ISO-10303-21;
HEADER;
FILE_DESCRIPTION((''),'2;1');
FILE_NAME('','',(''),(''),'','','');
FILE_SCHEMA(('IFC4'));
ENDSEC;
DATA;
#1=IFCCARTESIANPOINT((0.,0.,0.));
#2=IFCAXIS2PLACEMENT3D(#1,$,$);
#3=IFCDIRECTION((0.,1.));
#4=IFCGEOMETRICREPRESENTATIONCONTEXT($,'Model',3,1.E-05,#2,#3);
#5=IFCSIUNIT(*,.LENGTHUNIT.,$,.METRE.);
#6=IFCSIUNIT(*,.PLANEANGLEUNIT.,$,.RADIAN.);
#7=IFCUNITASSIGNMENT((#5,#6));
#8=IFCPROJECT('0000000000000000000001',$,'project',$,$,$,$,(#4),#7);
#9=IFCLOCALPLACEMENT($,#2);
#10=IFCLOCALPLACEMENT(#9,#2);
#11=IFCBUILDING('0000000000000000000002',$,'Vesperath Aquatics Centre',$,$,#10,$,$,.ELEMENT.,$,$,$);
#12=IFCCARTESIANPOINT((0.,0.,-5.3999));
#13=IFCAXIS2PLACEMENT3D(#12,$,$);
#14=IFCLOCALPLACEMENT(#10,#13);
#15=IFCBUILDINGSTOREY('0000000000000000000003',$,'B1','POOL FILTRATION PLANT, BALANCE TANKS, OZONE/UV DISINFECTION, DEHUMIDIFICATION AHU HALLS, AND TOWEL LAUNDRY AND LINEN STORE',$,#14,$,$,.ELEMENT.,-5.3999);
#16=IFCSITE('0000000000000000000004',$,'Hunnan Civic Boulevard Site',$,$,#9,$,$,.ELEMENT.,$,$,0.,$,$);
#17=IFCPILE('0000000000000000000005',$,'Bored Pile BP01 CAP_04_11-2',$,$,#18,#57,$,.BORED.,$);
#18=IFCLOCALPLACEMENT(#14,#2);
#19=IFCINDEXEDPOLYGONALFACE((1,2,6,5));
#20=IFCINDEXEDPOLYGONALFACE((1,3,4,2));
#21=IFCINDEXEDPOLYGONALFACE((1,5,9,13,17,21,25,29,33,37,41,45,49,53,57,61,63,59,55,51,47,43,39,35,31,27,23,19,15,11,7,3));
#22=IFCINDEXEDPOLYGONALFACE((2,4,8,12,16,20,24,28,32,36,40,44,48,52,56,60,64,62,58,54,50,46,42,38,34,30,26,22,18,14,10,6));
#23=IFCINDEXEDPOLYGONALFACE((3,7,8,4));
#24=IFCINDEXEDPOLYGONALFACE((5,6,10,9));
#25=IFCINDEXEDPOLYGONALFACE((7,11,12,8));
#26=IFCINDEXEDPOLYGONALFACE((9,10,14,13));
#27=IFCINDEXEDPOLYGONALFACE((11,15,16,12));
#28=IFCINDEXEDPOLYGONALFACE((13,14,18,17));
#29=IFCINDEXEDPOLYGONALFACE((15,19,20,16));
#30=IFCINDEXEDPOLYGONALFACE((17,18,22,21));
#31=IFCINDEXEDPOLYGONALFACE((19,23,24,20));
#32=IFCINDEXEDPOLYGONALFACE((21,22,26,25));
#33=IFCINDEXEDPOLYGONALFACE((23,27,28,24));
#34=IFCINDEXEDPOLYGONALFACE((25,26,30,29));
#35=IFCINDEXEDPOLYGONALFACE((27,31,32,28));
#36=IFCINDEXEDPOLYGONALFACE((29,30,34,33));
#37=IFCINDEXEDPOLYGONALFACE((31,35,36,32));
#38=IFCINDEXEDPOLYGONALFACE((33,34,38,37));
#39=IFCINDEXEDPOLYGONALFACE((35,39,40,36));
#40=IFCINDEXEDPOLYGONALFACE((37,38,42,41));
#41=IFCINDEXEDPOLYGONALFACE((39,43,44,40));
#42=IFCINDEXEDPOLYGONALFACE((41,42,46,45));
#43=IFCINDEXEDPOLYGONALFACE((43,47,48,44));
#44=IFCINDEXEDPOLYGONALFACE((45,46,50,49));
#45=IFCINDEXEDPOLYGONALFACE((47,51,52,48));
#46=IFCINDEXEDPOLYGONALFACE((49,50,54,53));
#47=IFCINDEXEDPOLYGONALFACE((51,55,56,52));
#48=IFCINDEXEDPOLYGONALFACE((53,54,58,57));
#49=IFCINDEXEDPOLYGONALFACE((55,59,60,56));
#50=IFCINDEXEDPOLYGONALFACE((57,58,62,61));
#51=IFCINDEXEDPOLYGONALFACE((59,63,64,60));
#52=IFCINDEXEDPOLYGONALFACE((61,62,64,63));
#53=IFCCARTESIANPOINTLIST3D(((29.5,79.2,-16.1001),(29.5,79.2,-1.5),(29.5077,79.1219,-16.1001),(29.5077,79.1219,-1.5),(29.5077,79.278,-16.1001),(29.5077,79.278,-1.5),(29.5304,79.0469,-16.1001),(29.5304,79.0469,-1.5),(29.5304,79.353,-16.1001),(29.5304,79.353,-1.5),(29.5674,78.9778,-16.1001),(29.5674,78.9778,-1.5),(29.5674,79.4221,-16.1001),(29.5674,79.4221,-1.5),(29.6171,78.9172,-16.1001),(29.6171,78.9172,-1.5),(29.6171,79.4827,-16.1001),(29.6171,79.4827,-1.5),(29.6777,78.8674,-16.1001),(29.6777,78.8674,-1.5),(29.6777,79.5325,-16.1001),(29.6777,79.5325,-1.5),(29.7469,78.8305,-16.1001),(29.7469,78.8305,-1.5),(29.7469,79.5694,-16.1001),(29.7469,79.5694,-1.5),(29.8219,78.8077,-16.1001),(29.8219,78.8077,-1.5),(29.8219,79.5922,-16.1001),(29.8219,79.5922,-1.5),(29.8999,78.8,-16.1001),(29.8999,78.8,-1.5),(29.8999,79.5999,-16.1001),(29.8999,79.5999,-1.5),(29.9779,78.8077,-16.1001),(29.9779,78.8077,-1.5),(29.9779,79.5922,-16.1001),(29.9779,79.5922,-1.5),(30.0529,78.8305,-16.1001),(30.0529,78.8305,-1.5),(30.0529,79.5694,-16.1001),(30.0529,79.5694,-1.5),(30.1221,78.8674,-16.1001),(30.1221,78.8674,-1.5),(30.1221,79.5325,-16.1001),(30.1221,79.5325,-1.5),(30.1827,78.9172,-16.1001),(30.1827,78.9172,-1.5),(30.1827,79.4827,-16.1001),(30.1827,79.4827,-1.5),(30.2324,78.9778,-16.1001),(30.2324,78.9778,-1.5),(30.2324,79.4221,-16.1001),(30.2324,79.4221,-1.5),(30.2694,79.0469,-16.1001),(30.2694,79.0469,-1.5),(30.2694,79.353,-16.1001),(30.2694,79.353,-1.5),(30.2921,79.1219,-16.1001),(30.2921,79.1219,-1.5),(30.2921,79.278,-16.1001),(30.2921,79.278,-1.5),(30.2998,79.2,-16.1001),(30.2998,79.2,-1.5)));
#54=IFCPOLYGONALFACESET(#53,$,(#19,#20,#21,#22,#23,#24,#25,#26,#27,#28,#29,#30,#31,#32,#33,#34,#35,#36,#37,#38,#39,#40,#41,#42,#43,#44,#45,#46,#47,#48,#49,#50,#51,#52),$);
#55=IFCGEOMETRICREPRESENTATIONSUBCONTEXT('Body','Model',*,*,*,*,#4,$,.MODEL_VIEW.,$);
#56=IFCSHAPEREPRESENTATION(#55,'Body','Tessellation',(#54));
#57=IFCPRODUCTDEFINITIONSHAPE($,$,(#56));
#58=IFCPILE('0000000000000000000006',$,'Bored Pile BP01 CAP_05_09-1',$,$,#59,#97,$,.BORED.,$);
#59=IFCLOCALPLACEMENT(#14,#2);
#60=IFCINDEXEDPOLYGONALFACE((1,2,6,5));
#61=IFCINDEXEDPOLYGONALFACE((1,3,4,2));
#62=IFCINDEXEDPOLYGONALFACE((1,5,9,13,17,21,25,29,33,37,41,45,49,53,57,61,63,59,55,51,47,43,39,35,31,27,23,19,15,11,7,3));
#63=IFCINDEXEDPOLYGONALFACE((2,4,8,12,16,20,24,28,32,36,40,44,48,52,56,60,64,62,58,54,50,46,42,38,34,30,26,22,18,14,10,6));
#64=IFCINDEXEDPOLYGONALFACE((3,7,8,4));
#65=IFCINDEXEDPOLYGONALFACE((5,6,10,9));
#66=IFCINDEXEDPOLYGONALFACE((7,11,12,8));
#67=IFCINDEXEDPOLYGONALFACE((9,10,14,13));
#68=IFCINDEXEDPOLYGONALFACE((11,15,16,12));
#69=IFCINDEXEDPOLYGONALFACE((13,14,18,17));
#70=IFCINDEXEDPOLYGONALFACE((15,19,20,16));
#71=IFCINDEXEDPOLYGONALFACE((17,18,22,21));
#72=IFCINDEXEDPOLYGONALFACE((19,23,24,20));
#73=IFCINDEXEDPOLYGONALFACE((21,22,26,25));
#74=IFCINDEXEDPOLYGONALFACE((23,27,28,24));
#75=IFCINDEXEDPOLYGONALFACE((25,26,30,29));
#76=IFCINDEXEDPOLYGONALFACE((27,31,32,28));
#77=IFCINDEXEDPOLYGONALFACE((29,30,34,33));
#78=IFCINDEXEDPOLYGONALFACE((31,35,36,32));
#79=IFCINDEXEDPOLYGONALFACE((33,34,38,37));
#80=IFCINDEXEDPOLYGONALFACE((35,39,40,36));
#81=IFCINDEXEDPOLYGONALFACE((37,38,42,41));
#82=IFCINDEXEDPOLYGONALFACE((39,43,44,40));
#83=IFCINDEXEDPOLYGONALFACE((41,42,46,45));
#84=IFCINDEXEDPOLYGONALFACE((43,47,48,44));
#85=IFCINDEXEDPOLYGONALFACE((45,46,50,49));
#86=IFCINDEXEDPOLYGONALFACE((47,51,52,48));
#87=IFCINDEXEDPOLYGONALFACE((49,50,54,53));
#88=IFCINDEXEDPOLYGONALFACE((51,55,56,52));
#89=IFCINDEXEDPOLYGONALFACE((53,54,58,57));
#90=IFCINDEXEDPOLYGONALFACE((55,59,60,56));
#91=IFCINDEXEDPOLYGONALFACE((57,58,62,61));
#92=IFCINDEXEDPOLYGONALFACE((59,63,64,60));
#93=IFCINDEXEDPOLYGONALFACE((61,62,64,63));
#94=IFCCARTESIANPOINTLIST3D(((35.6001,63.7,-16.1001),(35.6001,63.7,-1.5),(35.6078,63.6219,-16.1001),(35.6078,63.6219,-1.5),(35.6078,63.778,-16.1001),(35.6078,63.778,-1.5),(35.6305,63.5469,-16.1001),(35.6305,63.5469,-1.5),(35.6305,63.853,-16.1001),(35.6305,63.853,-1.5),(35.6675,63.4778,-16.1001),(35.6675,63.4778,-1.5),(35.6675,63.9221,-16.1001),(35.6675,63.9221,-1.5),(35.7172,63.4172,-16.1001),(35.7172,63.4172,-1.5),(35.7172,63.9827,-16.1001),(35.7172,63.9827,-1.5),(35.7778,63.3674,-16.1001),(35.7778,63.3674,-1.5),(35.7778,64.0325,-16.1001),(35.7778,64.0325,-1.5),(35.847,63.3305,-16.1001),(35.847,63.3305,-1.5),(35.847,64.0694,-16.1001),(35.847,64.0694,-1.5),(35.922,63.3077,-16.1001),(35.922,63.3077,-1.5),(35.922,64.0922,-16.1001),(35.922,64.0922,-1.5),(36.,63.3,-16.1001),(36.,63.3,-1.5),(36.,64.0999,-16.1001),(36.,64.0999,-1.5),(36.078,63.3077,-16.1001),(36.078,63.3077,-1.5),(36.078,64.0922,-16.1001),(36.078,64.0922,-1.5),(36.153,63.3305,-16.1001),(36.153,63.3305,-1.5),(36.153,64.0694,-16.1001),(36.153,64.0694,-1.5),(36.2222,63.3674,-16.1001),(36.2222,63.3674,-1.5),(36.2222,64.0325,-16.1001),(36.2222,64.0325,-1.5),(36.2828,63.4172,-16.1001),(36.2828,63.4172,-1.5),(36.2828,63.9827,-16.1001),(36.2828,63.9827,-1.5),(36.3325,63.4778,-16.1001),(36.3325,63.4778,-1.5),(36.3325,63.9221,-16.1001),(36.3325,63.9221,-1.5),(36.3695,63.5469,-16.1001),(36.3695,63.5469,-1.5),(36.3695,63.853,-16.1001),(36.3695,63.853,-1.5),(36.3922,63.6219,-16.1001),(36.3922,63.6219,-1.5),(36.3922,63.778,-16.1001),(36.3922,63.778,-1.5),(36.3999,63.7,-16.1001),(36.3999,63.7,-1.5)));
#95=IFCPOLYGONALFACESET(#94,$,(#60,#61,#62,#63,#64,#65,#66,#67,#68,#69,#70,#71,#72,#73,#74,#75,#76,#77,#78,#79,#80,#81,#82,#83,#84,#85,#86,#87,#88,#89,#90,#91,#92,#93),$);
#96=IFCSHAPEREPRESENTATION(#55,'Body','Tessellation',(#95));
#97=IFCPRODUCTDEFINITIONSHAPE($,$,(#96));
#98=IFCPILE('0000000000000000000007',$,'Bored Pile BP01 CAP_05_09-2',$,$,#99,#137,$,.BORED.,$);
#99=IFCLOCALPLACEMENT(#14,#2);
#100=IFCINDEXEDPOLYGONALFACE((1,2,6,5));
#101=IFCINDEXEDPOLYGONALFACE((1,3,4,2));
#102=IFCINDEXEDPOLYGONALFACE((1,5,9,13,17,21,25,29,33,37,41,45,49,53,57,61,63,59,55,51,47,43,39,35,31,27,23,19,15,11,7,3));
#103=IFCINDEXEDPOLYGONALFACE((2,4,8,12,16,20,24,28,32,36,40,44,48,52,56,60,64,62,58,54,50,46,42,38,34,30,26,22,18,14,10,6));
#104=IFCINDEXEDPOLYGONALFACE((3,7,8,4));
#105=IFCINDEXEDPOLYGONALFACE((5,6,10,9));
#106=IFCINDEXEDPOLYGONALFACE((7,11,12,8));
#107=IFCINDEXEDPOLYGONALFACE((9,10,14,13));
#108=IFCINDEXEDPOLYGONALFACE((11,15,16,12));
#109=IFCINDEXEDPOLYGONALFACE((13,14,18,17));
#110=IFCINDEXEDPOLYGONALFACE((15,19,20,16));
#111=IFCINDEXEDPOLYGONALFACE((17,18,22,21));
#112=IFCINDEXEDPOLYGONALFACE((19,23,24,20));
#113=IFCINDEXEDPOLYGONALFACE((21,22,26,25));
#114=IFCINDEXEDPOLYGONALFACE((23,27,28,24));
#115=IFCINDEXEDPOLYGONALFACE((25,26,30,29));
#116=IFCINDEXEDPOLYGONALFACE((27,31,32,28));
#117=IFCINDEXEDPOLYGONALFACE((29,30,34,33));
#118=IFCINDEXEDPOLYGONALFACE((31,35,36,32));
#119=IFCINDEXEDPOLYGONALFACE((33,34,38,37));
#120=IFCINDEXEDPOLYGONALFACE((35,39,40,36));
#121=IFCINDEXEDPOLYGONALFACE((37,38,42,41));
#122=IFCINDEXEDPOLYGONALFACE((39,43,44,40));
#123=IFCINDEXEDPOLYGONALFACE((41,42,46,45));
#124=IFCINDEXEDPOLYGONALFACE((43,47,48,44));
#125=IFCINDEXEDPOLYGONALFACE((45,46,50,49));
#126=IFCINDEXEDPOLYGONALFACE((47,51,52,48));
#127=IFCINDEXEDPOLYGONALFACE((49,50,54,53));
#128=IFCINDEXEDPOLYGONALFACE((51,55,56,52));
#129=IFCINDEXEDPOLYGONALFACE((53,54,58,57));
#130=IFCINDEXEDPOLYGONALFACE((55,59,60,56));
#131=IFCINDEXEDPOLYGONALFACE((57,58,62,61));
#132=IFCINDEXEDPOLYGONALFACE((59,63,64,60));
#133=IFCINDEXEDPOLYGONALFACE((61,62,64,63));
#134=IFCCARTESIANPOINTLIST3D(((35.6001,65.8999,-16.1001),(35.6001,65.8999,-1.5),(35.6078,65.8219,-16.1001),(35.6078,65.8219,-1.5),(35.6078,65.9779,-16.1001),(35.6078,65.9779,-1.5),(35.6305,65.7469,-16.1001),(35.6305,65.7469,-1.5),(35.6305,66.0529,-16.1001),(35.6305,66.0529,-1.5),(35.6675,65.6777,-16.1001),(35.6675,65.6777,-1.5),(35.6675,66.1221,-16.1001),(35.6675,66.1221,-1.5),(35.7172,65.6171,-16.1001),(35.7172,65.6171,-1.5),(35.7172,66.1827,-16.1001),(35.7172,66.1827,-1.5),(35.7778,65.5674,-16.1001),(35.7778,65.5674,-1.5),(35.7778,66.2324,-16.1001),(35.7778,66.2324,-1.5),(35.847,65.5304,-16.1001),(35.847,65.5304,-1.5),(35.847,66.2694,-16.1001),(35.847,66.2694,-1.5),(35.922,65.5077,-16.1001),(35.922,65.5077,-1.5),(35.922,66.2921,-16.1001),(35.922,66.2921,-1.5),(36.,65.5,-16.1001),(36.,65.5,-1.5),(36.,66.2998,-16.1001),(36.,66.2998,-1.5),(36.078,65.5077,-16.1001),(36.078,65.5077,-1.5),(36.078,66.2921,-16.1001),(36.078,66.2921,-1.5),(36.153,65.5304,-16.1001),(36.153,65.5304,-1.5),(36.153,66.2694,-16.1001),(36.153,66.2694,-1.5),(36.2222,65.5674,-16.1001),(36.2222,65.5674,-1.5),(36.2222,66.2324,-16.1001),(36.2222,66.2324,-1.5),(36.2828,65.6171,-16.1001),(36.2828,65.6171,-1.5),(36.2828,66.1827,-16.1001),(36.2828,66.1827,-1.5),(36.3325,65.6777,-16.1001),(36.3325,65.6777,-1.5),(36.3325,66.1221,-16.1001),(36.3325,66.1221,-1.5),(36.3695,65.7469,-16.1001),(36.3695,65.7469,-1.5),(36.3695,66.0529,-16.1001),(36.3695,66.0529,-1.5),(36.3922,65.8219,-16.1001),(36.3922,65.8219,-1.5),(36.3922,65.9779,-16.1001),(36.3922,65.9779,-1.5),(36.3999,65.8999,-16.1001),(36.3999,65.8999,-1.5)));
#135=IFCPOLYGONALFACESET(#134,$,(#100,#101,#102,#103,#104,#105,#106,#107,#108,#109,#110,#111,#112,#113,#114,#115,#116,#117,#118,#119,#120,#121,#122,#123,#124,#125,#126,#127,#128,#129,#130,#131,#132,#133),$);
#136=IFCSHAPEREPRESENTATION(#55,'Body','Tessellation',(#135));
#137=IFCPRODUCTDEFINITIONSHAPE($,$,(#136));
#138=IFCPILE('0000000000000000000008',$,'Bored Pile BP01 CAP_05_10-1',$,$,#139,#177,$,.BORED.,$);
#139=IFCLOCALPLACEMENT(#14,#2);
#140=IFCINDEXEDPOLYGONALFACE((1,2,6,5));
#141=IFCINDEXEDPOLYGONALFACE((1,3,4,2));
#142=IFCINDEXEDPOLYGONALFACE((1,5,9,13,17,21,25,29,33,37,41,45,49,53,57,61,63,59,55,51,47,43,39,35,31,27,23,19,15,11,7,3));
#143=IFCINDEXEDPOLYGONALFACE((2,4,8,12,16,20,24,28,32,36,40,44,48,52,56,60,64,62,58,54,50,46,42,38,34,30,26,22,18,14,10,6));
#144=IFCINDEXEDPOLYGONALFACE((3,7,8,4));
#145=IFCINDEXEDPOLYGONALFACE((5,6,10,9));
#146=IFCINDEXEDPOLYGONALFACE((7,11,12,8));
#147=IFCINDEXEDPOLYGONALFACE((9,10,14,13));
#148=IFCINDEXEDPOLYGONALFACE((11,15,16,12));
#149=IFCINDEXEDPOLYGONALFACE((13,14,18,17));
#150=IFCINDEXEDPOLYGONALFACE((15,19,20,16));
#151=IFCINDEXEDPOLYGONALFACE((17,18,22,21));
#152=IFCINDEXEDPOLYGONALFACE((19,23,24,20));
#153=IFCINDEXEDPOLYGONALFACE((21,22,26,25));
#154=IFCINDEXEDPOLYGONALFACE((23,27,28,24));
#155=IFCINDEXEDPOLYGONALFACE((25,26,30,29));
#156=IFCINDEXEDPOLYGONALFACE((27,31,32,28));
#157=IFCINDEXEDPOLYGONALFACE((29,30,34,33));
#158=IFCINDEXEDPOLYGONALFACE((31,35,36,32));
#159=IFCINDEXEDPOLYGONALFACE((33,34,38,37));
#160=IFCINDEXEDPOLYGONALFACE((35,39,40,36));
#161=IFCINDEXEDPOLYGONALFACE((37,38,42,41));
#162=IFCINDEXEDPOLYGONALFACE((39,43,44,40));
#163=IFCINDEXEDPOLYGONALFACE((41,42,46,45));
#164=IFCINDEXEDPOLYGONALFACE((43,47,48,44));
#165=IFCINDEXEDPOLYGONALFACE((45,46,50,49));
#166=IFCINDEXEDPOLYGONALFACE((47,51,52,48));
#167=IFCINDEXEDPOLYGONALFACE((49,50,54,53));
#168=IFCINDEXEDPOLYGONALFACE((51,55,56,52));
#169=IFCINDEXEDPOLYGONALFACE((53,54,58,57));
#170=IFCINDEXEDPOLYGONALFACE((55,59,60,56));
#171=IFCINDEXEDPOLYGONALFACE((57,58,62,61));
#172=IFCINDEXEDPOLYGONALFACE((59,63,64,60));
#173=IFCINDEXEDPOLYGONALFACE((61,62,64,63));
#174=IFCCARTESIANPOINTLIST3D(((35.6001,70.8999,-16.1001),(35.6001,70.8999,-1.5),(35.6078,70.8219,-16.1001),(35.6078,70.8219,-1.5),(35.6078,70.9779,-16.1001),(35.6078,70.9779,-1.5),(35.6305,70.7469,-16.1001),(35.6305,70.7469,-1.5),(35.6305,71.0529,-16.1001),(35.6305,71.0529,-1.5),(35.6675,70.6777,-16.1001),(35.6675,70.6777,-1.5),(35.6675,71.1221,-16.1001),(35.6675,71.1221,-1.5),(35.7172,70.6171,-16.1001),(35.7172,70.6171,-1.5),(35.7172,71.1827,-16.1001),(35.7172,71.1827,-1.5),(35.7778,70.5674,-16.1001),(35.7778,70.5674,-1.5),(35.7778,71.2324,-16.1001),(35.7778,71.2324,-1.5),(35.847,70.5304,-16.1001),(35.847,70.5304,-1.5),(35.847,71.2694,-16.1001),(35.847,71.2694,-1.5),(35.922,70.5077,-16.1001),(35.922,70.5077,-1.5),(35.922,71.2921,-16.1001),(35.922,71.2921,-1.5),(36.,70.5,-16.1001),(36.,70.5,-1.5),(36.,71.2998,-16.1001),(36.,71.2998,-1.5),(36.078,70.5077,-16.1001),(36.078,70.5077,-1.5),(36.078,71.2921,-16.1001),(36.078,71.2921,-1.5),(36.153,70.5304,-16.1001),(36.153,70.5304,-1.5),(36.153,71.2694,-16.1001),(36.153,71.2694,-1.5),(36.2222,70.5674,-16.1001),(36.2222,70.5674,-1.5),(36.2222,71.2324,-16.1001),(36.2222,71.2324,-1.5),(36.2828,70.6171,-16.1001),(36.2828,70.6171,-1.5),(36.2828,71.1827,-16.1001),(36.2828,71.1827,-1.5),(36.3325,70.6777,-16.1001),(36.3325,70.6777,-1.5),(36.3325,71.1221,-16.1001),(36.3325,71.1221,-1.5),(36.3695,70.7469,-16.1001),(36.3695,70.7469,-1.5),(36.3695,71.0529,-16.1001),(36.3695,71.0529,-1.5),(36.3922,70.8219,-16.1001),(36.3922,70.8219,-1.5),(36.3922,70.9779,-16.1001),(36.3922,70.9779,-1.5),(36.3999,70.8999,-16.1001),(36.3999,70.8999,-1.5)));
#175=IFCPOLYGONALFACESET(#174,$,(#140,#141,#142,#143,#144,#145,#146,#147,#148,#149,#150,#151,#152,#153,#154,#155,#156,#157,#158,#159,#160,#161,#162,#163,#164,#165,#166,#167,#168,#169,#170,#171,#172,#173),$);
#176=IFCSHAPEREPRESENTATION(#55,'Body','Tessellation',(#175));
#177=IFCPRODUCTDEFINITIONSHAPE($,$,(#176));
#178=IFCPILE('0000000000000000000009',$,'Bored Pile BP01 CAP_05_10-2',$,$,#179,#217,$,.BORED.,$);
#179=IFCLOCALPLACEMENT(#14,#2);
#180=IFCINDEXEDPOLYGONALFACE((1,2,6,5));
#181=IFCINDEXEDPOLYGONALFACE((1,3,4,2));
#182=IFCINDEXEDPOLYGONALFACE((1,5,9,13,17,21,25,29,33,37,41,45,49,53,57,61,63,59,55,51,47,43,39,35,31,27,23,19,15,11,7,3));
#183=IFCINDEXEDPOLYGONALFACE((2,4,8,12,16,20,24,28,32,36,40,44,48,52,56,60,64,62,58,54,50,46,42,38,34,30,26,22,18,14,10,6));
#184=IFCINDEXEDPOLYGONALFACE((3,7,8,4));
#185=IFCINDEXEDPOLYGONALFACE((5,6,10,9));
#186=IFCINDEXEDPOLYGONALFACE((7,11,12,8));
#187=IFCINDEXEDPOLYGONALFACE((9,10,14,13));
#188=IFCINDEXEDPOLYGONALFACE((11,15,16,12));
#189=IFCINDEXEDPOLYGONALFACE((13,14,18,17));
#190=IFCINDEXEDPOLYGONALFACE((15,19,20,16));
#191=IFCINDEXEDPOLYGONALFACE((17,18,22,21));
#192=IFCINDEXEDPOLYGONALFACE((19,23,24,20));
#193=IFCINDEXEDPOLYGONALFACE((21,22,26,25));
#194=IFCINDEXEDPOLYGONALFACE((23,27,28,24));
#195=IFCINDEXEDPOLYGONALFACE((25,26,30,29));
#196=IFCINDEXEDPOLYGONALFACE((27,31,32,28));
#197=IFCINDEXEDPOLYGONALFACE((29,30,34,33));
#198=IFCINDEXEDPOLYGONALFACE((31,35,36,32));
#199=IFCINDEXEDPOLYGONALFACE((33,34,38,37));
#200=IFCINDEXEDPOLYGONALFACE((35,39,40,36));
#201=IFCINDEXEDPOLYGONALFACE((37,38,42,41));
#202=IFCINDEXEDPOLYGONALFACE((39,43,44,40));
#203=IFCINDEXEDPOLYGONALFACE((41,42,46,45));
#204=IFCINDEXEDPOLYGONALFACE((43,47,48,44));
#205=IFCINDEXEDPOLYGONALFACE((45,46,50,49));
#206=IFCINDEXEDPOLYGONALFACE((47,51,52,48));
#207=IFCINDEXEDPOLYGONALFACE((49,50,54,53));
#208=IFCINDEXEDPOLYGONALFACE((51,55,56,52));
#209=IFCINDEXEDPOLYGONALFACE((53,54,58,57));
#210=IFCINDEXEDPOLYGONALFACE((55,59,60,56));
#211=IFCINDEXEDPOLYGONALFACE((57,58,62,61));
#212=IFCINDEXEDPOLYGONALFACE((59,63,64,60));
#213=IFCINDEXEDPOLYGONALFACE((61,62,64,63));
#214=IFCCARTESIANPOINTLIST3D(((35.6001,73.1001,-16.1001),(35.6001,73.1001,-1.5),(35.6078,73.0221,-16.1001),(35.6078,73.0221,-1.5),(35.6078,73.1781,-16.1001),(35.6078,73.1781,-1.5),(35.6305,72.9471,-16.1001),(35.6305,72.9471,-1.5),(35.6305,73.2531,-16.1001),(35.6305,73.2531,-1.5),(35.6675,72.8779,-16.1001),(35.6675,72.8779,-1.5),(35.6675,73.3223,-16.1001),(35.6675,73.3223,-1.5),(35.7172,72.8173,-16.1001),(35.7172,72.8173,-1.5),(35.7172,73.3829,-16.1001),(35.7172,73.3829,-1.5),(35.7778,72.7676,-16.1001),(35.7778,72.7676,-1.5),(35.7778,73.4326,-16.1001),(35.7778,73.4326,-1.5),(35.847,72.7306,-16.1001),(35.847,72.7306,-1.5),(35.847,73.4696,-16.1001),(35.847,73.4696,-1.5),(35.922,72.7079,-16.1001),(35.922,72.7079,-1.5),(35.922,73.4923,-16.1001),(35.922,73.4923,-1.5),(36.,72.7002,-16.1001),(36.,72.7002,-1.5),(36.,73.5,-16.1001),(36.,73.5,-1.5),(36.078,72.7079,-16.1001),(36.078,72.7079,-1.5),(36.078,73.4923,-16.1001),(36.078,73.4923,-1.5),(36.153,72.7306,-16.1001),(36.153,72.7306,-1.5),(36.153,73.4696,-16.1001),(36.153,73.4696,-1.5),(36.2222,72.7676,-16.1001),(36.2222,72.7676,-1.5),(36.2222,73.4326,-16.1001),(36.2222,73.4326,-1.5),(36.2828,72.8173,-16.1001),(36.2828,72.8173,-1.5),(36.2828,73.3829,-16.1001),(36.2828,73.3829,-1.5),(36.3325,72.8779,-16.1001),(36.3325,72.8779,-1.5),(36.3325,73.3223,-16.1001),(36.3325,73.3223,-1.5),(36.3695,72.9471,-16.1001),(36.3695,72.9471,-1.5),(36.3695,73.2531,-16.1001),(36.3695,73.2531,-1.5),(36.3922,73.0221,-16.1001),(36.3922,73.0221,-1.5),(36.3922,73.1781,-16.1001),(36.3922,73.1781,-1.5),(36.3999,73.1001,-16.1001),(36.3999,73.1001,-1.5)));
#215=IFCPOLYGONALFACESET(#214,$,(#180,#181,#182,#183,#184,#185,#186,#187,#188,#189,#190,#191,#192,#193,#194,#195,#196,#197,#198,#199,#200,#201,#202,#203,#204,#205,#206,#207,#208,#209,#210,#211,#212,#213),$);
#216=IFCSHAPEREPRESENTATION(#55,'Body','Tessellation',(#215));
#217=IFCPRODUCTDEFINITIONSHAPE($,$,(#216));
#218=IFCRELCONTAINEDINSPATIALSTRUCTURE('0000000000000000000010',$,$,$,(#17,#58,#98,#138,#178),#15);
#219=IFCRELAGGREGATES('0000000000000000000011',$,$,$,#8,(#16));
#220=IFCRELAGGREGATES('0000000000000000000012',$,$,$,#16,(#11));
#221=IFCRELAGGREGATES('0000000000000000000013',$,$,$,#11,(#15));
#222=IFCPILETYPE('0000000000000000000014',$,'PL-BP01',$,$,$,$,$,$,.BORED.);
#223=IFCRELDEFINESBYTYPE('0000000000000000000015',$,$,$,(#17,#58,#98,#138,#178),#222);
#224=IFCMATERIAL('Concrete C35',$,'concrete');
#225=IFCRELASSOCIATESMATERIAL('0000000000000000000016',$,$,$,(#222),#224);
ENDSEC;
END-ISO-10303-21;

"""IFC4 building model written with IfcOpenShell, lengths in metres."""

from ifc_helpers import new_model, si_unit, direction, frame, origin, origin_2d, place, context, subcontext, project, spatial, circle, extrude, material, material_profile, profile_set, type_object, element, save


model = new_model("IFC4")

# Units and contexts
model_context = context("Model", 3, precision=1e-05, world=origin(), true_north=direction((0.0, 1.0)))
body_context = subcontext(model_context, "Body", "Model", "MODEL_VIEW")
ifc_project = project(units=[si_unit("LENGTHUNIT", "METRE"), si_unit("PLANEANGLEUNIT", "RADIAN")], contexts=[model_context])

# Site, building, storey
site_placement = place(None, origin())
site = spatial("IfcSite", under=ifc_project, at=site_placement, Name="Hunnan Civic Boulevard Site", CompositionType="ELEMENT", RefElevation=0.0)
building_placement = place(site_placement, origin())
building = spatial("IfcBuilding", under=site, at=building_placement, Name="Vesperath Aquatics Centre", CompositionType="ELEMENT")
storey_placement = place(building_placement, frame((0.0, 0.0, -5.3999)))
storey = spatial("IfcBuildingStorey", under=building, at=storey_placement, Name="B1", Description="POOL FILTRATION PLANT, BALANCE TANKS, OZONE/UV DISINFECTION, DEHUMIDIFICATION AHU HALLS, AND TOWEL LAUNDRY AND LINEN STORE", CompositionType="ELEMENT", Elevation=-5.3999)

# Piles
ifc_material_1 = material(Name="Concrete C35", Category="concrete")
ifc_material_profile_1 = material_profile(ifc_material_1, circle(Radius=0.3999, at=origin_2d()), Name="PILE D800")
ifc_profile_set_1 = profile_set([ifc_material_profile_1], Name="Concrete C35")
pile_type = type_object("IfcPileType", Name="PL-BP01", PredefinedType="BORED", material=ifc_profile_set_1)
for number, where, z_axis, x_axis, name in (
    (1, (29.8999, 79.2, -1.5), (0.0, 0.0, -1.0), (1.0, 0.0, 0.0), "Bored Pile BP01 CAP_04_11-2"),
    (2, (36.0, 63.7, -1.5), (0.0, 0.0, -1.0), (1.0, 0.0, 0.0), "Bored Pile BP01 CAP_05_09-1"),
    (3, (36.0, 65.8999, -1.5), (0.0, 0.0, -1.0), (1.0, 0.0, 0.0), "Bored Pile BP01 CAP_05_09-2"),
    (4, (36.0, 70.8999, -1.5), (0.0, 0.0, -1.0), (1.0, 0.0, 0.0), "Bored Pile BP01 CAP_05_10-1"),
    (5, (36.0, 73.1001, -1.5), (0.0, 0.0, -1.0), (1.0, 0.0, 0.0), "Bored Pile BP01 CAP_05_10-2"),
):
    element("IfcPile", number, at=place(storey_placement, frame(where, z_axis=z_axis, x_axis=x_axis)), inside=storey, type_object=pile_type, Name=name, PredefinedType="BORED", context=body_context, shape_type="SweptSolid", body=[
        extrude(circle(Radius=0.3999, at=origin_2d()), origin(), (0.0, 0.0, 1.0), 14.6001),
    ])

save(model, "model.ifc")
